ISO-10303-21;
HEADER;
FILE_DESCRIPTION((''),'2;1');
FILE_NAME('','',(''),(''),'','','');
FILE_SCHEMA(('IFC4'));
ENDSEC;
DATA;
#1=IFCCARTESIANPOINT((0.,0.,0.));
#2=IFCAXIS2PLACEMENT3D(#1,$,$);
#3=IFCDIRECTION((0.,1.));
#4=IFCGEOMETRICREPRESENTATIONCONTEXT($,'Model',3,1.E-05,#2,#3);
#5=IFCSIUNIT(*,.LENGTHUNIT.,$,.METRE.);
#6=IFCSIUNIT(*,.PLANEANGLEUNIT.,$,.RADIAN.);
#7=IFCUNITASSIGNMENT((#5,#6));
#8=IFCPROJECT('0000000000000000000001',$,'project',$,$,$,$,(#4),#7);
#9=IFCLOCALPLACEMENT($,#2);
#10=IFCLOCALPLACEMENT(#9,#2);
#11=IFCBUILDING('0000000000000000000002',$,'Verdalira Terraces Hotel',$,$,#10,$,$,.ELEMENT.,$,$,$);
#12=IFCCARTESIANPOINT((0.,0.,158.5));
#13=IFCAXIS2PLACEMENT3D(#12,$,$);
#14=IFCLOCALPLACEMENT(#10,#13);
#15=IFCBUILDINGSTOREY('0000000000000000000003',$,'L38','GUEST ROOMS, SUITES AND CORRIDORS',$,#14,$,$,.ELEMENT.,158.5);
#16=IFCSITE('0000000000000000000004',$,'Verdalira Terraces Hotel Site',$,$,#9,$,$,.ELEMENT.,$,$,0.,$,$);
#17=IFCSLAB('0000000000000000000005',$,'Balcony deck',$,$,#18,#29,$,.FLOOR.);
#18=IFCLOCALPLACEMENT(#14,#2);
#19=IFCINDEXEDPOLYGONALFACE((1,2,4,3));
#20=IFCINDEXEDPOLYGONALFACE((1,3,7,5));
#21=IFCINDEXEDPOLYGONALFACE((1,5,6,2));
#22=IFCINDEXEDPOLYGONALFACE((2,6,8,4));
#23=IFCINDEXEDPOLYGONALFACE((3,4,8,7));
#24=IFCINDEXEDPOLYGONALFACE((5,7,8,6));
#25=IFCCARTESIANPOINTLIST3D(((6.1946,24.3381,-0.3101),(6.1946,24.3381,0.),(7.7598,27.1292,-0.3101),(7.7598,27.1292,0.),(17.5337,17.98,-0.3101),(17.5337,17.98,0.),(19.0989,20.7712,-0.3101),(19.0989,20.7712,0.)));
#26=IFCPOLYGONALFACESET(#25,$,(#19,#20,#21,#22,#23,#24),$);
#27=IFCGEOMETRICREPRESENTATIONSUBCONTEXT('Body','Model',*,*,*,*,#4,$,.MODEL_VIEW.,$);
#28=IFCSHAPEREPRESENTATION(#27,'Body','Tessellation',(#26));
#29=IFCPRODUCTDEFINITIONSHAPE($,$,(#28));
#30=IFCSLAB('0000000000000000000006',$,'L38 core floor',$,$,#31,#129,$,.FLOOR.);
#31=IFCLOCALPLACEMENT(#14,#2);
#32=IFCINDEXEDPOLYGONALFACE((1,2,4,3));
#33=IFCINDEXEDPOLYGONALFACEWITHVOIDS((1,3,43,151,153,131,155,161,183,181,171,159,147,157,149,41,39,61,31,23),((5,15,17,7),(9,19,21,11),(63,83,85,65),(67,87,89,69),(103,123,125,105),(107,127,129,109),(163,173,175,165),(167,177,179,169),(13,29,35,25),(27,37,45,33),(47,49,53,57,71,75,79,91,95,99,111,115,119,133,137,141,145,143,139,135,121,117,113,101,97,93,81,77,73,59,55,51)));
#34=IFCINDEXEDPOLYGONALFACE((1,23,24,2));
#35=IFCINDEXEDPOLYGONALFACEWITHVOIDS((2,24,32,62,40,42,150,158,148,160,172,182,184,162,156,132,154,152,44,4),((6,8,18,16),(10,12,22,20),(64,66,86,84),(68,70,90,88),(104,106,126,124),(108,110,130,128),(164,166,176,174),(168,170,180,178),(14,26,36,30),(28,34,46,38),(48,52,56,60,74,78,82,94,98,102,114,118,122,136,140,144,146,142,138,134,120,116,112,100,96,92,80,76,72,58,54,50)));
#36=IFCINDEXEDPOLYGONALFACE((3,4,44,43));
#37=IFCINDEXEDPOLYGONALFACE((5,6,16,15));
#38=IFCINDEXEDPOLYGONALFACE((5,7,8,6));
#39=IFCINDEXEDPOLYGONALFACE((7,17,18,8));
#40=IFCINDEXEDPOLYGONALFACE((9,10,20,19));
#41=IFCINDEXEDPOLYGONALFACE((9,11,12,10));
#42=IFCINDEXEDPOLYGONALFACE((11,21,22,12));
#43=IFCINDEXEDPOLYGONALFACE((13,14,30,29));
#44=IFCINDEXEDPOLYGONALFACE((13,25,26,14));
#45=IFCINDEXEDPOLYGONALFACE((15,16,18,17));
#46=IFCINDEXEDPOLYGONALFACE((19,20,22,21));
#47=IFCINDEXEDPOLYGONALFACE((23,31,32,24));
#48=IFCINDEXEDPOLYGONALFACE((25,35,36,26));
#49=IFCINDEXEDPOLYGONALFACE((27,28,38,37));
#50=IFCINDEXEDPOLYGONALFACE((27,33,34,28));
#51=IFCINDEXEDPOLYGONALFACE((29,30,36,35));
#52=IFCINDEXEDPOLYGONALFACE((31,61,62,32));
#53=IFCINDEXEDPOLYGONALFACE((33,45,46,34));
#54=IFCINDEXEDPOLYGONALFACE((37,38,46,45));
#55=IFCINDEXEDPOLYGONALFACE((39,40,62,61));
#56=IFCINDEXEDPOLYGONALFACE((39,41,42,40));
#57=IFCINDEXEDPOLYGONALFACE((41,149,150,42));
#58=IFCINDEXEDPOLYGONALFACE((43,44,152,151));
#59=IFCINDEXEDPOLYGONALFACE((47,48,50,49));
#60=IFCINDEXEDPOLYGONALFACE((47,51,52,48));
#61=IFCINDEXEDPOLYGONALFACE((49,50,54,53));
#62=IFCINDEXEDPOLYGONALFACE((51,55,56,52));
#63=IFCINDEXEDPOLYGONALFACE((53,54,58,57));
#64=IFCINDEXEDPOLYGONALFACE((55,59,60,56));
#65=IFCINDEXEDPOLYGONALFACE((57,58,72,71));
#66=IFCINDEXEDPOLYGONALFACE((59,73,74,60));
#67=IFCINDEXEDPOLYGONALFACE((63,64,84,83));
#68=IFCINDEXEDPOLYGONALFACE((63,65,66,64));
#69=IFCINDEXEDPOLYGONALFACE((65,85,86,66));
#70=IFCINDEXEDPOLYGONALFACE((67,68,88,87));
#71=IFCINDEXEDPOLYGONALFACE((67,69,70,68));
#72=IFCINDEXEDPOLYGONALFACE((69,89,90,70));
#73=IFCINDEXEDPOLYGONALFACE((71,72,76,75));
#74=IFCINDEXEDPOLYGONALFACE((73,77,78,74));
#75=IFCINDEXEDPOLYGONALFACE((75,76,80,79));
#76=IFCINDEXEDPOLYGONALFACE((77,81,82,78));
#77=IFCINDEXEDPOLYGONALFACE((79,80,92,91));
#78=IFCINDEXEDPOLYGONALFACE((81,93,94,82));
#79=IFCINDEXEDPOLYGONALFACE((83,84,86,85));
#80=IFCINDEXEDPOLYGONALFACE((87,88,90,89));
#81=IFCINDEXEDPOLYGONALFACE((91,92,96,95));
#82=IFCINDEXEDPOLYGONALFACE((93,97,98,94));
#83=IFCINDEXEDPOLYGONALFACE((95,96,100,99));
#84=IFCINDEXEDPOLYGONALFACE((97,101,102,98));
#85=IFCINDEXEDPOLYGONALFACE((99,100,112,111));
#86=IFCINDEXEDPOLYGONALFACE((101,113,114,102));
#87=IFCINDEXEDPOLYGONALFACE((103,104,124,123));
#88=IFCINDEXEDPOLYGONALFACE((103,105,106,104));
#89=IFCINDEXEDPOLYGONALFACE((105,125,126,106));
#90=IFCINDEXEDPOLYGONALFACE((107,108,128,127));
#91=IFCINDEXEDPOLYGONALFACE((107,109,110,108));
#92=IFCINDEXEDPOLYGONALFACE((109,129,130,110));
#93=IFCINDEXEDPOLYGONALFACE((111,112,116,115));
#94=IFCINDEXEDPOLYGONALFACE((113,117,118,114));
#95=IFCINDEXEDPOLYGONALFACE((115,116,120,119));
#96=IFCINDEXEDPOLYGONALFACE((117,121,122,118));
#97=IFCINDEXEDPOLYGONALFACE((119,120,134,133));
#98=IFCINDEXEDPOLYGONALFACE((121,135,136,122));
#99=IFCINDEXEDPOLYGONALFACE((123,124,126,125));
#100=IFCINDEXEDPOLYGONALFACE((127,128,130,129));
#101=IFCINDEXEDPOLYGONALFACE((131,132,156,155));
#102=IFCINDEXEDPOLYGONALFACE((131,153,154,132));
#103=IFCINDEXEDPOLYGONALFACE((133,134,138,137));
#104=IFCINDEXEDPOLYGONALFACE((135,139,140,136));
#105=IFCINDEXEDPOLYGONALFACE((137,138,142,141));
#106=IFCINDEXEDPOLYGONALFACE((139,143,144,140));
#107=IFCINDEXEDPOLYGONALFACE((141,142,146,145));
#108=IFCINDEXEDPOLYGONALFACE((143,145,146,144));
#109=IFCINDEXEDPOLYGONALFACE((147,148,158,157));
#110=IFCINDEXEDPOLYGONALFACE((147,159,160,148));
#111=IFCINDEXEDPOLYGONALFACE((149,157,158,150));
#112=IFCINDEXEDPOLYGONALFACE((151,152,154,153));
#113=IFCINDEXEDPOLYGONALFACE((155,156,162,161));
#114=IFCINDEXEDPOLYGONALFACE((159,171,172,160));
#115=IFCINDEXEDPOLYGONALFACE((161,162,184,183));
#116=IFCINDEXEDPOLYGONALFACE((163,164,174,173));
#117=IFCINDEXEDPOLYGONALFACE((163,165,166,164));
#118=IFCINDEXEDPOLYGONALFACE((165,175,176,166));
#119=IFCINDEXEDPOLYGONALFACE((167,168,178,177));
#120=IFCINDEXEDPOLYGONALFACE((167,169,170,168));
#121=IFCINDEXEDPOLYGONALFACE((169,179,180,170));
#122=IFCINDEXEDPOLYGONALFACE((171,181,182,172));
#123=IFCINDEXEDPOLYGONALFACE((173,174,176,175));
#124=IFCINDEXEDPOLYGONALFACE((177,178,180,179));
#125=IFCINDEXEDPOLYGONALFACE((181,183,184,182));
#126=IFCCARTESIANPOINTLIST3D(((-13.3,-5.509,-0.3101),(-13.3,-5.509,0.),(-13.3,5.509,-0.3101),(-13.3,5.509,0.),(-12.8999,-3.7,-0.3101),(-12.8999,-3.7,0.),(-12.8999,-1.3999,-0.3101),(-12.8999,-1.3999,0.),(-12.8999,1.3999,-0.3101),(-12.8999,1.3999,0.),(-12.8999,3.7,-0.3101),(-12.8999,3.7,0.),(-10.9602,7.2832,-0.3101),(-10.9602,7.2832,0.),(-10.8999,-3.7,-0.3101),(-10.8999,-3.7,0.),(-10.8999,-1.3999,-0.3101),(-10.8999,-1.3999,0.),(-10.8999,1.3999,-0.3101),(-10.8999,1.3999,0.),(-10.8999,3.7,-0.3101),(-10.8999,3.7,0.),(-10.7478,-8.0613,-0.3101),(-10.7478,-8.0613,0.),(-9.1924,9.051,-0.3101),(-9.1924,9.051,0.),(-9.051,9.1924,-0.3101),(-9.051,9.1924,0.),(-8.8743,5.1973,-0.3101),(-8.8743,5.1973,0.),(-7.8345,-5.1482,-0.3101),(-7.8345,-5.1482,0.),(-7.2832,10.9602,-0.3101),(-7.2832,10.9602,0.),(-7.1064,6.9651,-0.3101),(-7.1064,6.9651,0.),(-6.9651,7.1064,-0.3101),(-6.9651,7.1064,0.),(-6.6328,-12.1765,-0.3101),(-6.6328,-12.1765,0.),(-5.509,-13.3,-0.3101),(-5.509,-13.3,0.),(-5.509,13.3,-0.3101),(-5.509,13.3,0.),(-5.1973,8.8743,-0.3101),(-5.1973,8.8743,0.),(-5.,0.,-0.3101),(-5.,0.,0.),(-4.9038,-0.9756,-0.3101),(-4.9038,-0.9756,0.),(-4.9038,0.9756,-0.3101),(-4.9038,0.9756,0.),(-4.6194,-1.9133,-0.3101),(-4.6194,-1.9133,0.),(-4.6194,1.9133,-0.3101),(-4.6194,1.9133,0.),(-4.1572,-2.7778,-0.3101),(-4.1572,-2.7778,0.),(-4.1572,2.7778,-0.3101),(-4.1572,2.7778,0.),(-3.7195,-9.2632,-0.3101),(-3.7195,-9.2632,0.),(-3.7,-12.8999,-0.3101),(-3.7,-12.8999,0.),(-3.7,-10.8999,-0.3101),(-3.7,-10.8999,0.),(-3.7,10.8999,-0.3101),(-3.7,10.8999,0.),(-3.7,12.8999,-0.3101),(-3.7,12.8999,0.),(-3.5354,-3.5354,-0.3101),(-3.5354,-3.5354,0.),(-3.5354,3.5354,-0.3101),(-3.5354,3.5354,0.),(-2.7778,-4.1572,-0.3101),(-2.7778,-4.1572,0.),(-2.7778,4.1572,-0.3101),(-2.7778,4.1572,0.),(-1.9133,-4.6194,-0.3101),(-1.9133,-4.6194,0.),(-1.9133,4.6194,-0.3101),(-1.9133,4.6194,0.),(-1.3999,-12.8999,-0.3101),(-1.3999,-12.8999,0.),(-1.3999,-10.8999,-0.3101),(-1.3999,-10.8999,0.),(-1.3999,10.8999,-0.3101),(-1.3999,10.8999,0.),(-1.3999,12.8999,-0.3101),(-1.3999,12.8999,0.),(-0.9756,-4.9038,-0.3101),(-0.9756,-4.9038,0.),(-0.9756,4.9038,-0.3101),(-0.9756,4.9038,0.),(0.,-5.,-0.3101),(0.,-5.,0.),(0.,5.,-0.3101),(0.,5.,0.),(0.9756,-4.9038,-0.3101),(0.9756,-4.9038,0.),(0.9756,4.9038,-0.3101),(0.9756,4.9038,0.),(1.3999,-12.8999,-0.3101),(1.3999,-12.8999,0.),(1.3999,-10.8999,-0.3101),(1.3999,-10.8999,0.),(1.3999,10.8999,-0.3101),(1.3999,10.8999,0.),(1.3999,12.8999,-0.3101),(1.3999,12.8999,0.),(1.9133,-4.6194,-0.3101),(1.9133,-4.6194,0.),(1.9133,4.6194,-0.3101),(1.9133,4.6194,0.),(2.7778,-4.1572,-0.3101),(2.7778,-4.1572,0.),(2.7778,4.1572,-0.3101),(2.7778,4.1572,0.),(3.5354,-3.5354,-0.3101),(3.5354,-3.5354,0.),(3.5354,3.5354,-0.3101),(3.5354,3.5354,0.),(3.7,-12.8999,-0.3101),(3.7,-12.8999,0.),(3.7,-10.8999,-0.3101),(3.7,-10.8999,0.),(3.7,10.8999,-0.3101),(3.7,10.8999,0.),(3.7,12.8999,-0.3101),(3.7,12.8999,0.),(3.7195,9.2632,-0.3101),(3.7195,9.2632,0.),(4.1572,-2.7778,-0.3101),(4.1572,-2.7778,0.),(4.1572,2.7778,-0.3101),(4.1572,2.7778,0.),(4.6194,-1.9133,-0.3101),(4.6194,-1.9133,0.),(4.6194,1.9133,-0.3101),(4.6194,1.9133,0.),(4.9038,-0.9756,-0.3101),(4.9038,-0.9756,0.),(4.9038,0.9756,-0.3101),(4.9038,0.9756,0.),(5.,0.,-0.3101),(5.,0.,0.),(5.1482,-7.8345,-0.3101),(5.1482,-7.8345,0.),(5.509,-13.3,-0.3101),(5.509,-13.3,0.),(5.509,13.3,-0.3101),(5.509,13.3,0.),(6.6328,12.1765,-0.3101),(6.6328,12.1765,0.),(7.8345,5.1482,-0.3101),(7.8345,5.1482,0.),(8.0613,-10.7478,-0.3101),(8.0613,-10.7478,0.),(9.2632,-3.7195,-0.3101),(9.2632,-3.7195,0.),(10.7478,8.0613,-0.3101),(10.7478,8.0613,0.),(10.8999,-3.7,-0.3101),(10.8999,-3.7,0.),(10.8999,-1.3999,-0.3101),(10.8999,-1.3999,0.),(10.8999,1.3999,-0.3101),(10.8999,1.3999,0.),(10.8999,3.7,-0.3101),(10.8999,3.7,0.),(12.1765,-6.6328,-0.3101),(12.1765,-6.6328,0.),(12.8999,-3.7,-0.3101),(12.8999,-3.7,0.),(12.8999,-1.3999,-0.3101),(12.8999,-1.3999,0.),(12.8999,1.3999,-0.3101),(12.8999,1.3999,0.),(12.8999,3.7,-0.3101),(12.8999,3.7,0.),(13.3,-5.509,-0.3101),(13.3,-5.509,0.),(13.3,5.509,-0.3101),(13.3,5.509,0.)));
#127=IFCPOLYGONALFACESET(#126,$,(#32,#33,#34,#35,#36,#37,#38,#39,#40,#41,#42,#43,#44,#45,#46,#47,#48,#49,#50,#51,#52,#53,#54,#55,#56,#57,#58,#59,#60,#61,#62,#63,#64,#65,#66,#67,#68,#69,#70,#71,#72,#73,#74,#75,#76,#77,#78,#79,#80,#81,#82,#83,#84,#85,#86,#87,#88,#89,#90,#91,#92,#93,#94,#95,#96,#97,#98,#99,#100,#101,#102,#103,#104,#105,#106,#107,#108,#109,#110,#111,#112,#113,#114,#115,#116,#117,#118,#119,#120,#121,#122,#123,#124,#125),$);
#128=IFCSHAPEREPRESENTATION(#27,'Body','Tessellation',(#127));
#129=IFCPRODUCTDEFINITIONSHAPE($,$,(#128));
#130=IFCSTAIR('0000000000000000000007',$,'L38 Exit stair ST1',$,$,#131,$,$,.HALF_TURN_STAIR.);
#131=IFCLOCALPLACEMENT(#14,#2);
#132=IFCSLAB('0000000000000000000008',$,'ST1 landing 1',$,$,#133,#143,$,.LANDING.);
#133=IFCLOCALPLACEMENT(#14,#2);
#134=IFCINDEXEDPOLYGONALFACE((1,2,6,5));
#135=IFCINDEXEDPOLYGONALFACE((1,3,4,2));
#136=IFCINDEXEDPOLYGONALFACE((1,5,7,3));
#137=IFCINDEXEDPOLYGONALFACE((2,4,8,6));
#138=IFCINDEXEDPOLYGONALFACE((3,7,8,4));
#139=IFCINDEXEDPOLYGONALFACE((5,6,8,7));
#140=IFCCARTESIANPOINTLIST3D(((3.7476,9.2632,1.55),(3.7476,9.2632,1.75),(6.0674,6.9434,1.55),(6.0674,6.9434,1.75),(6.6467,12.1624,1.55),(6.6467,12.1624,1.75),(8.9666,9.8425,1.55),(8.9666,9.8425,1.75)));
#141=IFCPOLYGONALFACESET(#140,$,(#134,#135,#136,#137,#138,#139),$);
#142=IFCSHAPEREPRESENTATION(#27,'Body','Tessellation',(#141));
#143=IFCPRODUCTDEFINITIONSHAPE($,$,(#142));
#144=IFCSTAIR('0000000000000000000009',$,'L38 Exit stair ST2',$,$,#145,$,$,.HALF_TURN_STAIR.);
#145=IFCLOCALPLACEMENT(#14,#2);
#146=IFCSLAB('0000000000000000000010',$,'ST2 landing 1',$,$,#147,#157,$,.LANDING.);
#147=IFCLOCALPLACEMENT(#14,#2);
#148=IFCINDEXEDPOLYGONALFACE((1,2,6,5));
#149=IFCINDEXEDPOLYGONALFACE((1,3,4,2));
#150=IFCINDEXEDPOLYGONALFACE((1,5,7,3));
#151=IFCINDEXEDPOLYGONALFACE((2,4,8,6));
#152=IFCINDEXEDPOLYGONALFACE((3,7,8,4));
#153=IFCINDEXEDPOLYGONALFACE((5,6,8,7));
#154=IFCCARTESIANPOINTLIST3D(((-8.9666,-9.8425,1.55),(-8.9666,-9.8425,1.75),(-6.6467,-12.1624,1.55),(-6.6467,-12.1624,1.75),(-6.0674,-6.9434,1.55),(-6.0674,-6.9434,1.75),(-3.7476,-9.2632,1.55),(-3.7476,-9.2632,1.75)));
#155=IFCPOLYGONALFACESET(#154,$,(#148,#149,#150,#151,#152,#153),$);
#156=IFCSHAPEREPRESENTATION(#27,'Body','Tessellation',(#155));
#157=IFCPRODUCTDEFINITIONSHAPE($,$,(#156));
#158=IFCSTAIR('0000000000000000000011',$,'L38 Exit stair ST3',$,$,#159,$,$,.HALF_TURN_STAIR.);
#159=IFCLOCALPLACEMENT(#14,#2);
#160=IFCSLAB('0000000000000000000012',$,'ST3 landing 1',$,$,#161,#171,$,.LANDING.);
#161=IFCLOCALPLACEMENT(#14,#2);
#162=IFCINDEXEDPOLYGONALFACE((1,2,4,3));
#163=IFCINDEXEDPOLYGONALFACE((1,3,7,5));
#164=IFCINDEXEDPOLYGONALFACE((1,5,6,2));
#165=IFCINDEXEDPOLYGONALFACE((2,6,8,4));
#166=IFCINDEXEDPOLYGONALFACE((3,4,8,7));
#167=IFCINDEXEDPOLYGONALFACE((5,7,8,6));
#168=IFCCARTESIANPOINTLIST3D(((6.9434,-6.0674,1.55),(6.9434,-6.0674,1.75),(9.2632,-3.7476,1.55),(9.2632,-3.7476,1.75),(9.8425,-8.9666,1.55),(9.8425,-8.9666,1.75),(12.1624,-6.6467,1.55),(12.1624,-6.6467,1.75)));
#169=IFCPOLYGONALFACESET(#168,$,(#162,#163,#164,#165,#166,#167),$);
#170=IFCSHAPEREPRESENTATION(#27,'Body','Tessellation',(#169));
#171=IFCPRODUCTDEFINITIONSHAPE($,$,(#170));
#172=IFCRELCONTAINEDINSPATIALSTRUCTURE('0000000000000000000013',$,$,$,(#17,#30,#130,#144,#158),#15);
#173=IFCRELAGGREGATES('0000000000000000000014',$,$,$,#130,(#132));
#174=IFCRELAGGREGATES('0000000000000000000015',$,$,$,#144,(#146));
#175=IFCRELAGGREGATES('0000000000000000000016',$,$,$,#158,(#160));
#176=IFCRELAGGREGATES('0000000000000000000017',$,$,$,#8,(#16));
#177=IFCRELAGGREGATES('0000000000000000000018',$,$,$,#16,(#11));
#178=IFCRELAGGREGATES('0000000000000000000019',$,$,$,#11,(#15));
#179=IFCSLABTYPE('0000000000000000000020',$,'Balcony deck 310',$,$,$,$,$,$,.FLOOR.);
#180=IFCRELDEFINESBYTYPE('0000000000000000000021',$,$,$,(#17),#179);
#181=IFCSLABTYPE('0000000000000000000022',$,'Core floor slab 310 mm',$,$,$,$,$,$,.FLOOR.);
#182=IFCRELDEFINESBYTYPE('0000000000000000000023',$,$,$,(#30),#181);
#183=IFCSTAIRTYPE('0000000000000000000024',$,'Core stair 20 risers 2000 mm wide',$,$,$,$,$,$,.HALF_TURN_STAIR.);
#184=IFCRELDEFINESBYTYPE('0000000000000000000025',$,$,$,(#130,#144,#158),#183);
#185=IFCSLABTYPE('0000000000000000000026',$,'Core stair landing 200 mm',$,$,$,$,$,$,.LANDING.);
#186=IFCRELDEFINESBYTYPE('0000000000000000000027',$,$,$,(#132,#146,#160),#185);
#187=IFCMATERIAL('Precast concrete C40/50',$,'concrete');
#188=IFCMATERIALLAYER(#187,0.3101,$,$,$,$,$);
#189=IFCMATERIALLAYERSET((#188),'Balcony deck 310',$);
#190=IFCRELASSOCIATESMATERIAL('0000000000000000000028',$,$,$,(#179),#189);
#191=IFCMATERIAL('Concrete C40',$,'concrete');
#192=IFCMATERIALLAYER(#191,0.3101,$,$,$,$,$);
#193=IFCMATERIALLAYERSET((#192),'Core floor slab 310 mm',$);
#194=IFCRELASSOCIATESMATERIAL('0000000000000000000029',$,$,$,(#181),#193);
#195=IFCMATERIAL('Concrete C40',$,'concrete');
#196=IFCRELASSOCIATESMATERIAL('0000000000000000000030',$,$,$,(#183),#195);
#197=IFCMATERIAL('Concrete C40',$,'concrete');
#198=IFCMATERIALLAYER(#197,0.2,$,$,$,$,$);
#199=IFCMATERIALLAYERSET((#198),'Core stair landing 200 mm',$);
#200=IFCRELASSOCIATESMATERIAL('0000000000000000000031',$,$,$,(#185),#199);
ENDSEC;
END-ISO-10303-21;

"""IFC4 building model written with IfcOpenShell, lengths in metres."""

from ifc_helpers import new_model, si_unit, direction, frame, origin, place, context, subcontext, project, spatial, polyline, outline, extrude, material, layer, layer_set, type_object, element, aggregate, save


model = new_model("IFC4")

# Units and contexts
model_context = context("Model", 3, precision=1e-05, world=origin(), true_north=direction((0.0, 1.0)))
body_context = subcontext(model_context, "Body", "Model", "MODEL_VIEW")
ifc_project = project(units=[si_unit("LENGTHUNIT", "METRE"), si_unit("PLANEANGLEUNIT", "RADIAN")], contexts=[model_context])

# Site, building, storey
site_placement = place(None, origin())
site = spatial("IfcSite", under=ifc_project, at=site_placement, Name="Verdalira Terraces Hotel Site", CompositionType="ELEMENT", RefElevation=0.0)
building_placement = place(site_placement, origin())
building = spatial("IfcBuilding", under=site, at=building_placement, Name="Verdalira Terraces Hotel", CompositionType="ELEMENT")
storey_placement = place(building_placement, frame((0.0, 0.0, 158.5)))
storey = spatial("IfcBuildingStorey", under=building, at=storey_placement, Name="L38", Description="GUEST ROOMS, SUITES AND CORRIDORS", CompositionType="ELEMENT", Elevation=158.5)

# Slabs
ifc_material_1 = material(Name="Precast concrete C40/50", Category="concrete")
ifc_layer_1 = layer(ifc_material_1, 0.3101)
ifc_layer_set_1 = layer_set([ifc_layer_1], Name="Balcony deck 310")
slab_type_1 = type_object("IfcSlabType", Name="Balcony deck 310", PredefinedType="FLOOR", material=ifc_layer_set_1)
slab_1_placement = place(storey_placement, frame((0.0, 0.0, -0.3101)))
element("IfcSlab", 1, at=slab_1_placement, inside=storey, type_object=slab_type_1, Name="Balcony deck", PredefinedType="FLOOR", context=body_context, shape_type="SweptSolid", body=[
    extrude(outline(polyline([(7.7598, 27.1291), (6.1946, 24.3381), (17.5337, 17.98), (19.0989, 20.7712), (7.7598, 27.1291)])), origin(), (0.0, 0.0, 1.0), 0.3101),
])
ifc_material_2 = material(Name="Concrete C40", Category="concrete")
ifc_layer_2 = layer(ifc_material_2, 0.3101)
ifc_layer_set_2 = layer_set([ifc_layer_2], Name="Core floor slab 310 mm")
slab_type_2 = type_object("IfcSlabType", Name="Core floor slab 310 mm", PredefinedType="FLOOR", material=ifc_layer_set_2)
slab_2_placement = place(storey_placement, frame((0.0, 0.0, -0.3101)))
element("IfcSlab", 2, at=slab_2_placement, inside=storey, type_object=slab_type_2, Name="L38 core floor", PredefinedType="FLOOR", context=body_context, shape_type="SweptSolid", body=[
    extrude(outline(polyline([(-5.509, 13.3), (5.509, 13.3), (6.6328, 12.1765), (3.7195, 9.2632), (7.8345, 5.1482), (10.7478, 8.0613), (13.3, 5.509), (13.3, -5.509), (12.1765, -6.6328), (9.2632, -3.7195), (5.1482, -7.8345), (8.0613, -10.7478), (5.509, -13.3), (-5.509, -13.3), (-6.6328, -12.1765), (-3.7195, -9.2632), (-7.8345, -5.1482), (-10.7478, -8.0613), (-13.3, -5.509), (-13.3, 5.509), (-5.509, 13.3)]), holes=[polyline([(12.8999, -3.7), (12.8999, -1.3999), (10.8999, -1.3999), (10.8999, -3.7), (12.8999, -3.7)]), polyline([(12.8999, 1.3999), (12.8999, 3.7), (10.8999, 3.7), (10.8999, 1.3999), (12.8999, 1.3999)]), polyline([(1.3999, 10.8999), (3.7, 10.8999), (3.7, 12.8999), (1.3999, 12.8999), (1.3999, 10.8999)]), polyline([(-3.7, 10.8999), (-1.3999, 10.8999), (-1.3999, 12.8999), (-3.7, 12.8999), (-3.7, 10.8999)]), polyline([(-12.8999, 3.7), (-12.8999, 1.3999), (-10.8999, 1.3999), (-10.8999, 3.7), (-12.8999, 3.7)]), polyline([(-12.8999, -1.3999), (-12.8999, -3.7), (-10.8999, -3.7), (-10.8999, -1.3999), (-12.8999, -1.3999)]), polyline([(-1.3999, -10.8999), (-3.7, -10.8999), (-3.7, -12.8999), (-1.3999, -12.8999), (-1.3999, -10.8999)]), polyline([(3.7, -10.8999), (1.3999, -10.8999), (1.3999, -12.8999), (3.7, -12.8999), (3.7, -10.8999)]), polyline([(-9.051, 9.1924), (-6.9651, 7.1064), (-5.1973, 8.8743), (-7.2832, 10.9602), (-9.051, 9.1924)]), polyline([(-9.1924, 9.051), (-10.9602, 7.2832), (-8.8743, 5.1973), (-7.1064, 6.9651), (-9.1924, 9.051)]), polyline([(3.5354, 3.5354), (2.7778, 4.1572), (1.9133, 4.6194), (0.9756, 4.9038), (0.0, 5.0), (-0.9756, 4.9038), (-1.9133, 4.6194), (-2.7778, 4.1572), (-3.5354, 3.5354), (-4.1572, 2.7778), (-4.6194, 1.9133), (-4.9038, 0.9756), (-5.0, 0.0), (-4.9038, -0.9756), (-4.6194, -1.9133), (-4.1572, -2.7778), (-3.5354, -3.5354), (-2.7778, -4.1572), (-1.9133, -4.6194), (-0.9756, -4.9038), (0.0, -5.0), (0.9756, -4.9038), (1.9133, -4.6194), (2.7778, -4.1572), (3.5354, -3.5354), (4.1572, -2.7778), (4.6194, -1.9133), (4.9038, -0.9756), (5.0, 0.0), (4.9038, 0.9756), (4.6194, 1.9133), (4.1572, 2.7778), (3.5354, 3.5354)])]), origin(), (0.0, 0.0, 1.0), 0.3101),
])

# Stairs, slabs
ifc_material_3 = material(Name="Concrete C40", Category="concrete")
stair_type = type_object("IfcStairType", Name="Core stair 20 risers 2000 mm wide", PredefinedType="HALF_TURN_STAIR", material=ifc_material_3)
stair_1_placement = place(storey_placement, origin())
stair_1 = element("IfcStair", 3, at=stair_1_placement, inside=storey, type_object=stair_type, Name="L38 Exit stair ST1", PredefinedType="HALF_TURN_STAIR")
ifc_material_4 = material(Name="Concrete C40", Category="concrete")
ifc_layer_3 = layer(ifc_material_4, 0.2)
ifc_layer_set_3 = layer_set([ifc_layer_3], Name="Core stair landing 200 mm")
slab_type_3 = type_object("IfcSlabType", Name="Core stair landing 200 mm", PredefinedType="LANDING", material=ifc_layer_set_3)
slab_3_placement = place(storey_placement, frame((0.0, 0.0, 1.55)))
slab_3 = element("IfcSlab", 4, at=slab_3_placement, type_object=slab_type_3, Name="ST1 landing 1", PredefinedType="LANDING", context=body_context, shape_type="SweptSolid", body=[
    extrude(outline(polyline([(8.9666, 9.8425), (6.6467, 12.1624), (3.7476, 9.2632), (6.0674, 6.9434), (8.9666, 9.8425)])), origin(), (0.0, 0.0, 1.0), 0.2),
])
aggregate(stair_1, [slab_3])
stair_2_placement = place(storey_placement, origin())
stair_2 = element("IfcStair", 5, at=stair_2_placement, inside=storey, type_object=stair_type, Name="L38 Exit stair ST2", PredefinedType="HALF_TURN_STAIR")
slab_4_placement = place(storey_placement, frame((0.0, 0.0, 1.55)))
slab_4 = element("IfcSlab", 6, at=slab_4_placement, type_object=slab_type_3, Name="ST2 landing 1", PredefinedType="LANDING", context=body_context, shape_type="SweptSolid", body=[
    extrude(outline(polyline([(-8.9666, -9.8425), (-6.6467, -12.1624), (-3.7476, -9.2632), (-6.0674, -6.9434), (-8.9666, -9.8425)])), origin(), (0.0, 0.0, 1.0), 0.2),
])
aggregate(stair_2, [slab_4])
stair_3_placement = place(storey_placement, origin())
stair_3 = element("IfcStair", 7, at=stair_3_placement, inside=storey, type_object=stair_type, Name="L38 Exit stair ST3", PredefinedType="HALF_TURN_STAIR")
slab_5_placement = place(storey_placement, frame((0.0, 0.0, 1.55)))
slab_5 = element("IfcSlab", 8, at=slab_5_placement, type_object=slab_type_3, Name="ST3 landing 1", PredefinedType="LANDING", context=body_context, shape_type="SweptSolid", body=[
    extrude(outline(polyline([(9.8425, -8.9666), (12.1624, -6.6467), (9.2632, -3.7476), (6.9434, -6.0674), (9.8425, -8.9666)])), origin(), (0.0, 0.0, 1.0), 0.2),
])
aggregate(stair_3, [slab_5])

save(model, "model.ifc")
